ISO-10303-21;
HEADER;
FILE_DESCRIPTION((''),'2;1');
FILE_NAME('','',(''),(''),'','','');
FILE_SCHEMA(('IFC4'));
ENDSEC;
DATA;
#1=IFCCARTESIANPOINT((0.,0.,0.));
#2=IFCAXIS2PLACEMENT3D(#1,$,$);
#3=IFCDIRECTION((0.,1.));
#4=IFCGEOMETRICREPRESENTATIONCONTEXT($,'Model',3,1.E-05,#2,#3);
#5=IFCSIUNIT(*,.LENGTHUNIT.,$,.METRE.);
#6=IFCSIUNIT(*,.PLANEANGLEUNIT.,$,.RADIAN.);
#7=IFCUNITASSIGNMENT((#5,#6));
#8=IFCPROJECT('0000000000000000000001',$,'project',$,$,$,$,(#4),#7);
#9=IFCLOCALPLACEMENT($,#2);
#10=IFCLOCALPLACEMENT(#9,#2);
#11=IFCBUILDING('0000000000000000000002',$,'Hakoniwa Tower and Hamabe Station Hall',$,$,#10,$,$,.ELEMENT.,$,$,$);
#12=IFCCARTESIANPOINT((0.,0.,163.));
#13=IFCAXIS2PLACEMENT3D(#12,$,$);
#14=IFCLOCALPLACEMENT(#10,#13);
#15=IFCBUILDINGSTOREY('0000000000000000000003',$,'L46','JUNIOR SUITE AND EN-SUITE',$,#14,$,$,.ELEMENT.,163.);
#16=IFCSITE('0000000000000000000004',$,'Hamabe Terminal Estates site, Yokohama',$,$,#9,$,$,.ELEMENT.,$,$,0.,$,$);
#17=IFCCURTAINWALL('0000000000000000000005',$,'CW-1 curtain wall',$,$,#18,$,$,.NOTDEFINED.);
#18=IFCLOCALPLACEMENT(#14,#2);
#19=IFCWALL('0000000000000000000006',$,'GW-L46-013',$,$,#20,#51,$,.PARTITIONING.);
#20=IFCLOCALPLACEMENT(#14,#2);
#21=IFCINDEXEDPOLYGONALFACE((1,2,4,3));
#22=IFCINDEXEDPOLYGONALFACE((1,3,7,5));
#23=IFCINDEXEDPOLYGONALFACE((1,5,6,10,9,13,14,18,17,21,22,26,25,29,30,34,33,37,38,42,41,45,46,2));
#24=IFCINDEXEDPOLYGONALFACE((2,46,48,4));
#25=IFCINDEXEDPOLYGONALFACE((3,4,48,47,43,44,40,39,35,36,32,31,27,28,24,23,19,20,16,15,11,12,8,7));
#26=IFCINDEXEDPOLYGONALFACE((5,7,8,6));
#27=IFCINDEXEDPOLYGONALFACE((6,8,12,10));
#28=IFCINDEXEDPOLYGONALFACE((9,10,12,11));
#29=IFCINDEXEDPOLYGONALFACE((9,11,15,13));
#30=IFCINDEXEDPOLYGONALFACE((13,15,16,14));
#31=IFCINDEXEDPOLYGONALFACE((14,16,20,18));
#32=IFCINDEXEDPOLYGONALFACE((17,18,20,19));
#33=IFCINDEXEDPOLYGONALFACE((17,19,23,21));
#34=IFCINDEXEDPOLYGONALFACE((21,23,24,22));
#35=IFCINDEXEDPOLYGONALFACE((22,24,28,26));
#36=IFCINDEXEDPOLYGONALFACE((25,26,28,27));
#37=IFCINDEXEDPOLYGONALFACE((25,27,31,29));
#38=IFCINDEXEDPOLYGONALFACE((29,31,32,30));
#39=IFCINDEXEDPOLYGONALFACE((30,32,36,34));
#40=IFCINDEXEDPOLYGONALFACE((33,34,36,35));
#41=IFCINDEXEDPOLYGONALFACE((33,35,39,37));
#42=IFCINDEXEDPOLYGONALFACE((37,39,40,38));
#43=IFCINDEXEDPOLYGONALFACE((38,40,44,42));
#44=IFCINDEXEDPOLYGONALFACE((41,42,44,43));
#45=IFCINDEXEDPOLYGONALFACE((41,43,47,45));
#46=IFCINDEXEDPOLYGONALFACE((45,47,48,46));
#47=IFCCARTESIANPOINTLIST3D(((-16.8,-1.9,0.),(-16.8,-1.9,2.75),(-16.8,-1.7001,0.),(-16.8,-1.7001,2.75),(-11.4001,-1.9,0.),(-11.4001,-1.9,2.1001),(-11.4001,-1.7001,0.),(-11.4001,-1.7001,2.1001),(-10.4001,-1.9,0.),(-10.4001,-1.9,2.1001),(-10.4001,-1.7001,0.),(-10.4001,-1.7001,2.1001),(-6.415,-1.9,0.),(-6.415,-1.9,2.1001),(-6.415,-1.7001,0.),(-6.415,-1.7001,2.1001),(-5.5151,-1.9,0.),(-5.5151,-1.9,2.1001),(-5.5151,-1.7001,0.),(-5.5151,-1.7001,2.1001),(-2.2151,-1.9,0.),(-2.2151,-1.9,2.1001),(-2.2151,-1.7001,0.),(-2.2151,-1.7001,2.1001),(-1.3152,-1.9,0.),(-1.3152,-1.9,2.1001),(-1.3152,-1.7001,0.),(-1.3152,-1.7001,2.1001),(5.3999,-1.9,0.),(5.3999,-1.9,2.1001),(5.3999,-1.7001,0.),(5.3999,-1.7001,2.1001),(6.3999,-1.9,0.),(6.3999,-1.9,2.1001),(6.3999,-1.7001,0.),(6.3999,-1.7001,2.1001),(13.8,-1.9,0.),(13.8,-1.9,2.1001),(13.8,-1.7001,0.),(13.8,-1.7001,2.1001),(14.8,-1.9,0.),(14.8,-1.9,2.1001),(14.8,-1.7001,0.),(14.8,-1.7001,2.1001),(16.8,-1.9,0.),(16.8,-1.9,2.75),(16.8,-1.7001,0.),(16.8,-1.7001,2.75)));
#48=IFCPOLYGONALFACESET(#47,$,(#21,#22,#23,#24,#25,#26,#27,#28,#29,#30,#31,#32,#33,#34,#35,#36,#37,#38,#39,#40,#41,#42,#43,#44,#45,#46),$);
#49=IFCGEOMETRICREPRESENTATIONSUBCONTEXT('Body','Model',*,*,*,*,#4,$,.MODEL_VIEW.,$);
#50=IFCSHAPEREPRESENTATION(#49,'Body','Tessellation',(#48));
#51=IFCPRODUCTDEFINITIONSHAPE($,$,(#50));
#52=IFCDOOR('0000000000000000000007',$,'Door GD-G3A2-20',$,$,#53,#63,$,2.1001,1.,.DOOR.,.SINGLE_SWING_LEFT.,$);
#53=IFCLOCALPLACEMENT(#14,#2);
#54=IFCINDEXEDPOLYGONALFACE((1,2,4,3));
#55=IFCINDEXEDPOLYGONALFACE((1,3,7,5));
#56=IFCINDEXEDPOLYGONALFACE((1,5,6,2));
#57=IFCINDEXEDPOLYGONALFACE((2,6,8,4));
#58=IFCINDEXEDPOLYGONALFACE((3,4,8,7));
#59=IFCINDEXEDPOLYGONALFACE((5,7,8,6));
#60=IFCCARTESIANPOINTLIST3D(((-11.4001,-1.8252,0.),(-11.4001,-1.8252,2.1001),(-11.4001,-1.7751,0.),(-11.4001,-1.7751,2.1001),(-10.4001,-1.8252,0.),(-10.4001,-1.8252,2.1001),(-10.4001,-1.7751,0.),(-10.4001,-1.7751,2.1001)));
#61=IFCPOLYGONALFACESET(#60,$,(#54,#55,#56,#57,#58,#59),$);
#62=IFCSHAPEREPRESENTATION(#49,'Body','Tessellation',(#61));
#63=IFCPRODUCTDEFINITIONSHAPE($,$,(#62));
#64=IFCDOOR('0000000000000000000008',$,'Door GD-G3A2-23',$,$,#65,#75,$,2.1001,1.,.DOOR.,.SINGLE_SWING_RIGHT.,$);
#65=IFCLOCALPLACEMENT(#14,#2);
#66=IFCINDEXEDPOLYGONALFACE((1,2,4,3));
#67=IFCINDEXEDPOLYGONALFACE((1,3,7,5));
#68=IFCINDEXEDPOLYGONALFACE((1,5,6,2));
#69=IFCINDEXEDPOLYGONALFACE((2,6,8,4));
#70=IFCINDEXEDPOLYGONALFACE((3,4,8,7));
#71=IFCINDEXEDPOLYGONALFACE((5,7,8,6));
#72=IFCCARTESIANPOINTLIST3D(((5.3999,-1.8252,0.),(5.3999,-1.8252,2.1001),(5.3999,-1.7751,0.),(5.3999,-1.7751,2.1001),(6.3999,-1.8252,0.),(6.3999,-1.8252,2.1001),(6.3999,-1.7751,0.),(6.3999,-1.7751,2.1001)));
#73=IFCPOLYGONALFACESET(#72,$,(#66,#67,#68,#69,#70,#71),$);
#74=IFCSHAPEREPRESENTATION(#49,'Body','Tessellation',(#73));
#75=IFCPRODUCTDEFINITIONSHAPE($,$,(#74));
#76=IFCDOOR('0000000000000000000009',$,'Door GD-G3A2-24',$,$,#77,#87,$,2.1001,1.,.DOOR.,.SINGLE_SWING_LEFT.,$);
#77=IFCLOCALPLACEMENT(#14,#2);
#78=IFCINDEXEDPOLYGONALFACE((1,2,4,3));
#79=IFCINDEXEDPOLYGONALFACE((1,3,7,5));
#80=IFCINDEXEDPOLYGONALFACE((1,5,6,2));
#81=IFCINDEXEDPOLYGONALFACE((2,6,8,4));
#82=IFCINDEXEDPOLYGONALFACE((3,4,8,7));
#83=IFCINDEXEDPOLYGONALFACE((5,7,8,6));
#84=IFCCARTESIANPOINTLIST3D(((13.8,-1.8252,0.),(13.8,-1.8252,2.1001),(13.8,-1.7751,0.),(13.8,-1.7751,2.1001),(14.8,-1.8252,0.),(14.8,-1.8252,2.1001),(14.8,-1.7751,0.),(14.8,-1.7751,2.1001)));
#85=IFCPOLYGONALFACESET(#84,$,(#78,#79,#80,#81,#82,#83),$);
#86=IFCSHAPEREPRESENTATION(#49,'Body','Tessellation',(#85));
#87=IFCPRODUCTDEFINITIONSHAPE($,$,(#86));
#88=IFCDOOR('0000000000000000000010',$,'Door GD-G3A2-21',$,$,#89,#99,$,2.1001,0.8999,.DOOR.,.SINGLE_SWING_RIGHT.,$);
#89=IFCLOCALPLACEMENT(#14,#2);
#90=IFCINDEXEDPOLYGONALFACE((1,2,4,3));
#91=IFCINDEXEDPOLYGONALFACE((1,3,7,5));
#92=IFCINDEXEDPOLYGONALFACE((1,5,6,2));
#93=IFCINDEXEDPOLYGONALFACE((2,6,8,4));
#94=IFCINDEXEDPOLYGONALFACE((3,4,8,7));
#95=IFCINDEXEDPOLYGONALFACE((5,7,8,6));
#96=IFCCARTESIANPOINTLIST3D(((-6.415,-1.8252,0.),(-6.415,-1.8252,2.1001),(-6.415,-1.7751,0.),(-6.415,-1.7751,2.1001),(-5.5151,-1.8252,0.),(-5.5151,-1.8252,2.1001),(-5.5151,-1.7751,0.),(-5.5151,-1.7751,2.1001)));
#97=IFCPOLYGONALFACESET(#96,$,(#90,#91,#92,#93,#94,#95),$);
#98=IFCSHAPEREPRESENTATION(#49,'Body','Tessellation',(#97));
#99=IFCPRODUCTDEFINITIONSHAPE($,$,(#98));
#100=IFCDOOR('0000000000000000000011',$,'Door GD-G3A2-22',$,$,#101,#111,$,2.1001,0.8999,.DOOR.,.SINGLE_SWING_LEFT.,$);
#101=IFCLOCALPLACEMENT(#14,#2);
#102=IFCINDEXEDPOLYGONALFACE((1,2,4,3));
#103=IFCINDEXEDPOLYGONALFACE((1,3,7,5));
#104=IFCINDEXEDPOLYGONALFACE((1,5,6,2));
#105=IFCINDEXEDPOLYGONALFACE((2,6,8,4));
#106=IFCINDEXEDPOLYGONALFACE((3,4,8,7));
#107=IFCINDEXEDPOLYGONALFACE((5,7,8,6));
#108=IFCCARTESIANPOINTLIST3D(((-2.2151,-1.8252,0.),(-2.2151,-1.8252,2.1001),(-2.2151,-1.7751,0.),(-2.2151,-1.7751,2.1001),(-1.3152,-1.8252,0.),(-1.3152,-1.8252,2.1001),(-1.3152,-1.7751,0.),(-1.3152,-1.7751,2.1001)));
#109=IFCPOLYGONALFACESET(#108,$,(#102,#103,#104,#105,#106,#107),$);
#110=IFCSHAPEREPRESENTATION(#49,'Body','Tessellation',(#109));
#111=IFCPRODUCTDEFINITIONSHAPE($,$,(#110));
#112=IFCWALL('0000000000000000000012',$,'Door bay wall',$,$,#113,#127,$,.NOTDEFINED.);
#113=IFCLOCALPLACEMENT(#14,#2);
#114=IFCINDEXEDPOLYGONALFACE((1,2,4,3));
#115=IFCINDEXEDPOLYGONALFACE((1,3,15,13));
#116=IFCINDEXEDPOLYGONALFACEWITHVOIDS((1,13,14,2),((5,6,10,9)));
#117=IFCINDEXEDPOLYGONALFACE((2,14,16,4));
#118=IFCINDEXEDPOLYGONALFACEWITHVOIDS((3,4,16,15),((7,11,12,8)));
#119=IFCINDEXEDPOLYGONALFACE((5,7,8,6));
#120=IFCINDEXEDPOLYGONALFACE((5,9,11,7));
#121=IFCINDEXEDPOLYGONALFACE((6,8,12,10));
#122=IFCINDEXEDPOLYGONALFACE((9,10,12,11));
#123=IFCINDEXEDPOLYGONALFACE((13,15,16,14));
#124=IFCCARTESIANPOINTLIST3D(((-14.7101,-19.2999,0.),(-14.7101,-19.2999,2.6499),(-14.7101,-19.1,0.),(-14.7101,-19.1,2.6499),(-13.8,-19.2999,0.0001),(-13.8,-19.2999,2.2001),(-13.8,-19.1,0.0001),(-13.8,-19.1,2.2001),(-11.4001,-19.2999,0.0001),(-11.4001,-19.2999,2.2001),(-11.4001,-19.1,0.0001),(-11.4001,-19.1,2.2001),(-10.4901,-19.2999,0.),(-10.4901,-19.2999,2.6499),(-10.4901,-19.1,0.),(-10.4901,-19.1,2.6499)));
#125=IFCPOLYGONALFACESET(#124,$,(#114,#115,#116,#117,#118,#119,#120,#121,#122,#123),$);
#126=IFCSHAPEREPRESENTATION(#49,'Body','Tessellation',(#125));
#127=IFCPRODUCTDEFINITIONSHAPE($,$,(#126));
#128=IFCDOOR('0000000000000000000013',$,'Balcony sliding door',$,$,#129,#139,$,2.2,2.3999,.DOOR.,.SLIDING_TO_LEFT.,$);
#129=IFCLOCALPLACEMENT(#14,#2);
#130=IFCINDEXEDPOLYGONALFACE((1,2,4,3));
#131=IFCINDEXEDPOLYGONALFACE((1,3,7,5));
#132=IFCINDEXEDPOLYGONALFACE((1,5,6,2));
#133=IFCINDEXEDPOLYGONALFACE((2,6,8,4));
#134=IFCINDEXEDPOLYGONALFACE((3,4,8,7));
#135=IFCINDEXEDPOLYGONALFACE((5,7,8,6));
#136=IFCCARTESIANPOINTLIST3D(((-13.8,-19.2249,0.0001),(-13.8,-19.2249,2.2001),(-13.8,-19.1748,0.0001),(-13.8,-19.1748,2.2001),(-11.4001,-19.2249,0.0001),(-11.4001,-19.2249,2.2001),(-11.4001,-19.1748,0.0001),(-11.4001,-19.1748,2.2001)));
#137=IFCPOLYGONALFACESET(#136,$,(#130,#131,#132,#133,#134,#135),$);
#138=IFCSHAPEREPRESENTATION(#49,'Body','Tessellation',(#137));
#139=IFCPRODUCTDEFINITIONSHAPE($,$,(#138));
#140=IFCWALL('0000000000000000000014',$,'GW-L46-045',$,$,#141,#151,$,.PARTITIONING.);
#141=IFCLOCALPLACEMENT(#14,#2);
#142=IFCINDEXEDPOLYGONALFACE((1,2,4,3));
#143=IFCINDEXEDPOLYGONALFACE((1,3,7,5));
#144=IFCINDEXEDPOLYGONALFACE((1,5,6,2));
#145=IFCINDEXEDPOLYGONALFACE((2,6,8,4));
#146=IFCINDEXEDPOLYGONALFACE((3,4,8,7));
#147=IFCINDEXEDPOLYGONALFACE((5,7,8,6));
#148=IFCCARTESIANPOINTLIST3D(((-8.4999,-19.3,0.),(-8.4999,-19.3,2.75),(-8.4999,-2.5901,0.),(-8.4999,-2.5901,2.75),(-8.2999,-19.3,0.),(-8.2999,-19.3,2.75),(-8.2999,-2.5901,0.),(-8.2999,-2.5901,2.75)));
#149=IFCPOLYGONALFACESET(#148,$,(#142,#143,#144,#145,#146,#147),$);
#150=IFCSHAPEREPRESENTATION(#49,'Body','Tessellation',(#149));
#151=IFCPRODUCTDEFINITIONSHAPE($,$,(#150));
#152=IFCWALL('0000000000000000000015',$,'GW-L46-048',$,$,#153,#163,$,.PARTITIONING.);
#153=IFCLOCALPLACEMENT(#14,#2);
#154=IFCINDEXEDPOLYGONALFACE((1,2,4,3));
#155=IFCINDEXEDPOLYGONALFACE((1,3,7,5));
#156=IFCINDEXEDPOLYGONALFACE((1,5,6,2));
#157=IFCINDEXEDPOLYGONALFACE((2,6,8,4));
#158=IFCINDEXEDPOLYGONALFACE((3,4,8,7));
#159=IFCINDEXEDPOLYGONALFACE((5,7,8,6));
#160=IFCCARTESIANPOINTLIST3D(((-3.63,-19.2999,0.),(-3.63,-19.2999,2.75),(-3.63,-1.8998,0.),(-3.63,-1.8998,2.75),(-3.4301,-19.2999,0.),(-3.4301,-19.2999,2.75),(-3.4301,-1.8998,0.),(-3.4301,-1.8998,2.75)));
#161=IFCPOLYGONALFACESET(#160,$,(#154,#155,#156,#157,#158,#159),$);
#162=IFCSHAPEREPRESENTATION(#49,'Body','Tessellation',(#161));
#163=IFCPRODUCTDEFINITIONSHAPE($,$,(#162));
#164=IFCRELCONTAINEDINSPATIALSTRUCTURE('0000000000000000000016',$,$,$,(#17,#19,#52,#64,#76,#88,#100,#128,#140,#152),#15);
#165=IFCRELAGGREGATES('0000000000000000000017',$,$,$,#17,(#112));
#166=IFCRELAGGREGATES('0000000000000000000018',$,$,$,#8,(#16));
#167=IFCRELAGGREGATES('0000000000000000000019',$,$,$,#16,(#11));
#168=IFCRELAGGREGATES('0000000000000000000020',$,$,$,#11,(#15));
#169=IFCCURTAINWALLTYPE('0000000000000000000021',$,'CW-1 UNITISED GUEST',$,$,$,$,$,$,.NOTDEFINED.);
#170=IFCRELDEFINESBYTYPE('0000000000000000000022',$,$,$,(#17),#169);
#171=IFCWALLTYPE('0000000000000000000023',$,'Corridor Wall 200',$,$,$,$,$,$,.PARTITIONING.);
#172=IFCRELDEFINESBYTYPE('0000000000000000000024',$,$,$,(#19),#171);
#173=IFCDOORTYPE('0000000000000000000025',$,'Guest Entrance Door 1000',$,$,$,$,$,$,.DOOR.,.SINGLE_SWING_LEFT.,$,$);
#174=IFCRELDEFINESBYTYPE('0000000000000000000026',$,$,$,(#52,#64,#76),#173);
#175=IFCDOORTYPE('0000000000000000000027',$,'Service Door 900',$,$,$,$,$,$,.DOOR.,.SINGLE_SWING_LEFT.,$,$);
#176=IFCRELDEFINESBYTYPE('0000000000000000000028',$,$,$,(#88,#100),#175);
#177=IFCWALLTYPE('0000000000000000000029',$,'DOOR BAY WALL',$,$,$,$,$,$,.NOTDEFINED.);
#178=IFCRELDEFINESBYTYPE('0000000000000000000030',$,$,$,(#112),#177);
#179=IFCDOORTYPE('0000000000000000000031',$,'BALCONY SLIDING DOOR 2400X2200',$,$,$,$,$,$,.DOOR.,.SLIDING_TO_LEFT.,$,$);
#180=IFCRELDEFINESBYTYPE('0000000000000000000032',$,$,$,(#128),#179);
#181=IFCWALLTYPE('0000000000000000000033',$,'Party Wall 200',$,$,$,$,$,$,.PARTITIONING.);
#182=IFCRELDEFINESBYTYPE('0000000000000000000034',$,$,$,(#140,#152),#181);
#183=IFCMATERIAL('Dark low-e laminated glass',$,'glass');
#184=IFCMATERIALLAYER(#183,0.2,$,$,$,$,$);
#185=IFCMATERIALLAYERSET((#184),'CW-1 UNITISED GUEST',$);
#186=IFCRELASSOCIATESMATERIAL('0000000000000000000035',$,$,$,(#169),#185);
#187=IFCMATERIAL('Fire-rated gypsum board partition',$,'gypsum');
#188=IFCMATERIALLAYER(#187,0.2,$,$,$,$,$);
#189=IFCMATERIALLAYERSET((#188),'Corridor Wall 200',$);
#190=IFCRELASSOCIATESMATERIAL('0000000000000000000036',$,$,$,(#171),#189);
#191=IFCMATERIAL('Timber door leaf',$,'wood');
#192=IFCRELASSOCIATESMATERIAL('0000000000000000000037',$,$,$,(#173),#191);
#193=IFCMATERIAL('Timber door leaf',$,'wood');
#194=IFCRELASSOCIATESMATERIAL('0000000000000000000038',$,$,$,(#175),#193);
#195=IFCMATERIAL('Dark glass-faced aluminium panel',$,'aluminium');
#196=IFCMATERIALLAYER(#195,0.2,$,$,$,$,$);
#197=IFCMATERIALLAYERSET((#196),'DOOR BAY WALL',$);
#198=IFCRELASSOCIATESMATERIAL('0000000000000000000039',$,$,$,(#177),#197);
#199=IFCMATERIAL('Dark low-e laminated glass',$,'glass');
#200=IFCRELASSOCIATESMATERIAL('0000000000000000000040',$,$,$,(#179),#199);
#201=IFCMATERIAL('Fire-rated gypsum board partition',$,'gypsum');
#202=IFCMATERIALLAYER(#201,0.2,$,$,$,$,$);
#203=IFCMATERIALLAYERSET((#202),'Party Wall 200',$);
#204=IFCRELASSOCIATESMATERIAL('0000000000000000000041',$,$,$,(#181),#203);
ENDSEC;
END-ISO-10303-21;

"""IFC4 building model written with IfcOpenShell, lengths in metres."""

from ifc_helpers import new_model, si_unit, direction, frame, frame_2d, origin, place, context, subcontext, project, spatial, rectangle, extrude, material, layer, layer_set, type_object, element, fill, aggregate, save


model = new_model("IFC4")

# Units and contexts
model_context = context("Model", 3, precision=1e-05, world=origin(), true_north=direction((0.0, 1.0)))
body_context = subcontext(model_context, "Body", "Model", "MODEL_VIEW")
ifc_project = project(units=[si_unit("LENGTHUNIT", "METRE"), si_unit("PLANEANGLEUNIT", "RADIAN")], contexts=[model_context])

# Site, building, storey
site_placement = place(None, origin())
site = spatial("IfcSite", under=ifc_project, at=site_placement, Name="Hamabe Terminal Estates site, Yokohama", CompositionType="ELEMENT", RefElevation=0.0)
building_placement = place(site_placement, origin())
building = spatial("IfcBuilding", under=site, at=building_placement, Name="Hakoniwa Tower and Hamabe Station Hall", CompositionType="ELEMENT")
storey_placement = place(building_placement, frame((0.0, 0.0, 163.0)))
storey = spatial("IfcBuildingStorey", under=building, at=storey_placement, Name="L46", Description="JUNIOR SUITE AND EN-SUITE", CompositionType="ELEMENT", Elevation=163.0)

# Curtain wall
ifc_material_1 = material(Name="Dark low-e laminated glass", Category="glass")
ifc_layer_1 = layer(ifc_material_1, 0.2)
ifc_layer_set_1 = layer_set([ifc_layer_1], Name="CW-1 UNITISED GUEST")
curtain_wall_type = type_object("IfcCurtainWallType", Name="CW-1 UNITISED GUEST", PredefinedType="NOTDEFINED", material=ifc_layer_set_1)
curtain_wall_placement = place(storey_placement, origin())
curtain_wall = element("IfcCurtainWall", 1, at=curtain_wall_placement, inside=storey, type_object=curtain_wall_type, Name="CW-1 curtain wall", PredefinedType="NOTDEFINED")

# Wall, openings, doors
ifc_material_2 = material(Name="Fire-rated gypsum board partition", Category="gypsum")
ifc_layer_2 = layer(ifc_material_2, 0.2)
ifc_layer_set_2 = layer_set([ifc_layer_2], Name="Corridor Wall 200")
wall_type_1 = type_object("IfcWallType", Name="Corridor Wall 200", PredefinedType="PARTITIONING", material=ifc_layer_set_2)
wall_1_placement = place(storey_placement, frame((-16.8, -1.8, 0.0), z_axis=(0.0, 0.0, 1.0), x_axis=(1.0, 0.0, 0.0)))
wall_1 = element("IfcWall", 2, at=wall_1_placement, inside=storey, type_object=wall_type_1, Name="GW-L46-013", PredefinedType="PARTITIONING", context=body_context, shape_type="SweptSolid", body=[
    extrude(rectangle(XDim=33.6001, YDim=0.2, at=frame_2d((16.8, 0.0))), origin(), (0.0, 0.0, 1.0), 2.75),
])
opening_1_placement = place(wall_1_placement, frame((5.3999, 0.0, 0.0)))
opening_1 = element("IfcOpeningElement", 3, at=opening_1_placement, cuts=wall_1, PredefinedType="OPENING", context=body_context, shape_type="SweptSolid", body=[
    extrude(rectangle(XDim=1.0, YDim=2.1001, at=frame_2d((0.5, 1.05))), frame((0.0, 0.1099, 0.0), z_axis=(0.0, -1.0, 0.0), x_axis=(1.0, 0.0, 0.0)), (0.0, 0.0, 1.0), 0.22),
])
opening_2_placement = place(wall_1_placement, frame((10.385, 0.0, 0.0)))
opening_2 = element("IfcOpeningElement", 4, at=opening_2_placement, cuts=wall_1, PredefinedType="OPENING", context=body_context, shape_type="SweptSolid", body=[
    extrude(rectangle(XDim=0.8999, YDim=2.1001, at=frame_2d((0.45, 1.05))), frame((0.0, 0.1099, 0.0), z_axis=(0.0, -1.0, 0.0), x_axis=(1.0, 0.0, 0.0)), (0.0, 0.0, 1.0), 0.22),
])
opening_3_placement = place(wall_1_placement, frame((14.585, 0.0, 0.0)))
opening_3 = element("IfcOpeningElement", 5, at=opening_3_placement, cuts=wall_1, PredefinedType="OPENING", context=body_context, shape_type="SweptSolid", body=[
    extrude(rectangle(XDim=0.8999, YDim=2.1001, at=frame_2d((0.45, 1.05))), frame((0.0, 0.1099, 0.0), z_axis=(0.0, -1.0, 0.0), x_axis=(1.0, 0.0, 0.0)), (0.0, 0.0, 1.0), 0.22),
])
opening_4_placement = place(wall_1_placement, frame((22.2, 0.0, 0.0)))
opening_4 = element("IfcOpeningElement", 6, at=opening_4_placement, cuts=wall_1, PredefinedType="OPENING", context=body_context, shape_type="SweptSolid", body=[
    extrude(rectangle(XDim=1.0, YDim=2.1001, at=frame_2d((0.5, 1.05))), frame((0.0, 0.1099, 0.0), z_axis=(0.0, -1.0, 0.0), x_axis=(1.0, 0.0, 0.0)), (0.0, 0.0, 1.0), 0.22),
])
opening_5_placement = place(wall_1_placement, frame((30.6001, 0.0, 0.0)))
opening_5 = element("IfcOpeningElement", 7, at=opening_5_placement, cuts=wall_1, PredefinedType="OPENING", context=body_context, shape_type="SweptSolid", body=[
    extrude(rectangle(XDim=1.0, YDim=2.1001, at=frame_2d((0.5, 1.05))), frame((0.0, 0.1099, 0.0), z_axis=(0.0, -1.0, 0.0), x_axis=(1.0, 0.0, 0.0)), (0.0, 0.0, 1.0), 0.22),
])
ifc_material_3 = material(Name="Timber door leaf", Category="wood")
door_type_1 = type_object("IfcDoorType", Name="Guest Entrance Door 1000", OperationType="SINGLE_SWING_LEFT", PredefinedType="DOOR", material=ifc_material_3)
door_1_placement = place(opening_1_placement, origin())
door_1 = element("IfcDoor", 8, at=door_1_placement, inside=storey, type_object=door_type_1, Name="Door GD-G3A2-20", OperationType="SINGLE_SWING_LEFT", OverallHeight=2.1001, OverallWidth=1.0, PredefinedType="DOOR", context=body_context, shape_type="SweptSolid", body=[
    extrude(rectangle(XDim=1.0, YDim=2.1001, at=frame_2d((0.5, 1.05))), frame((0.0, 0.0249, 0.0), z_axis=(0.0, -1.0, 0.0), x_axis=(1.0, 0.0, 0.0)), (0.0, 0.0, 1.0), 0.05),
])
fill(opening_1, door_1)
door_2_placement = place(opening_4_placement, origin())
door_2 = element("IfcDoor", 9, at=door_2_placement, inside=storey, type_object=door_type_1, Name="Door GD-G3A2-23", OperationType="SINGLE_SWING_RIGHT", OverallHeight=2.1001, OverallWidth=1.0, PredefinedType="DOOR", context=body_context, shape_type="SweptSolid", body=[
    extrude(rectangle(XDim=1.0, YDim=2.1001, at=frame_2d((0.5, 1.05))), frame((0.0, 0.0249, 0.0), z_axis=(0.0, -1.0, 0.0), x_axis=(1.0, 0.0, 0.0)), (0.0, 0.0, 1.0), 0.05),
])
fill(opening_4, door_2)
door_3_placement = place(opening_5_placement, origin())
door_3 = element("IfcDoor", 10, at=door_3_placement, inside=storey, type_object=door_type_1, Name="Door GD-G3A2-24", OperationType="SINGLE_SWING_LEFT", OverallHeight=2.1001, OverallWidth=1.0, PredefinedType="DOOR", context=body_context, shape_type="SweptSolid", body=[
    extrude(rectangle(XDim=1.0, YDim=2.1001, at=frame_2d((0.5, 1.05))), frame((0.0, 0.0249, 0.0), z_axis=(0.0, -1.0, 0.0), x_axis=(1.0, 0.0, 0.0)), (0.0, 0.0, 1.0), 0.05),
])
fill(opening_5, door_3)
ifc_material_4 = material(Name="Timber door leaf", Category="wood")
door_type_2 = type_object("IfcDoorType", Name="Service Door 900", OperationType="SINGLE_SWING_LEFT", PredefinedType="DOOR", material=ifc_material_4)
door_4_placement = place(opening_2_placement, origin())
door_4 = element("IfcDoor", 11, at=door_4_placement, inside=storey, type_object=door_type_2, Name="Door GD-G3A2-21", OperationType="SINGLE_SWING_RIGHT", OverallHeight=2.1001, OverallWidth=0.8999, PredefinedType="DOOR", context=body_context, shape_type="SweptSolid", body=[
    extrude(rectangle(XDim=0.8999, YDim=2.1001, at=frame_2d((0.45, 1.05))), frame((0.0, 0.0249, 0.0), z_axis=(0.0, -1.0, 0.0), x_axis=(1.0, 0.0, 0.0)), (0.0, 0.0, 1.0), 0.05),
])
fill(opening_2, door_4)
door_5_placement = place(opening_3_placement, origin())
door_5 = element("IfcDoor", 12, at=door_5_placement, inside=storey, type_object=door_type_2, Name="Door GD-G3A2-22", OperationType="SINGLE_SWING_LEFT", OverallHeight=2.1001, OverallWidth=0.8999, PredefinedType="DOOR", context=body_context, shape_type="SweptSolid", body=[
    extrude(rectangle(XDim=0.8999, YDim=2.1001, at=frame_2d((0.45, 1.05))), frame((0.0, 0.0249, 0.0), z_axis=(0.0, -1.0, 0.0), x_axis=(1.0, 0.0, 0.0)), (0.0, 0.0, 1.0), 0.05),
])
fill(opening_3, door_5)

# Wall, opening, door
ifc_material_5 = material(Name="Dark glass-faced aluminium panel", Category="aluminium")
ifc_layer_3 = layer(ifc_material_5, 0.2)
ifc_layer_set_3 = layer_set([ifc_layer_3], Name="DOOR BAY WALL")
wall_type_2 = type_object("IfcWallType", Name="DOOR BAY WALL", PredefinedType="NOTDEFINED", material=ifc_layer_set_3)
wall_2_placement = place(storey_placement, frame((-14.71, -19.2, 0.0), z_axis=(0.0, 0.0, 1.0), x_axis=(1.0, 0.0, 0.0)))
wall_2 = element("IfcWall", 13, at=wall_2_placement, type_object=wall_type_2, Name="Door bay wall", PredefinedType="NOTDEFINED", context=body_context, shape_type="SweptSolid", body=[
    extrude(rectangle(XDim=4.22, YDim=0.2, at=frame_2d((2.1099, 0.0))), origin(), (0.0, 0.0, 1.0), 2.6499),
])
opening_6_placement = place(wall_2_placement, frame((0.9099, 0.0, 0.0)))
opening_6 = element("IfcOpeningElement", 14, at=opening_6_placement, cuts=wall_2, PredefinedType="OPENING", context=body_context, shape_type="SweptSolid", body=[
    extrude(rectangle(XDim=2.3999, YDim=2.2, at=frame_2d((1.2, 1.1001))), frame((0.0, 0.1099, 0.0), z_axis=(0.0, -1.0, 0.0), x_axis=(1.0, 0.0, 0.0)), (0.0, 0.0, 1.0), 0.22),
])
ifc_material_6 = material(Name="Dark low-e laminated glass", Category="glass")
door_type_3 = type_object("IfcDoorType", Name="BALCONY SLIDING DOOR 2400X2200", OperationType="SLIDING_TO_LEFT", PredefinedType="DOOR", material=ifc_material_6)
door_6_placement = place(opening_6_placement, frame((2.3999, 0.0, 0.0), z_axis=(0.0, 0.0, 1.0), x_axis=(-1.0, 0.0, 0.0)))
door_6 = element("IfcDoor", 15, at=door_6_placement, inside=storey, type_object=door_type_3, Name="Balcony sliding door", OperationType="SLIDING_TO_LEFT", OverallHeight=2.2, OverallWidth=2.3999, PredefinedType="DOOR", context=body_context, shape_type="SweptSolid", body=[
    extrude(rectangle(XDim=2.3999, YDim=2.2, at=frame_2d((1.2, 1.1001))), frame((0.0, 0.0249, 0.0), z_axis=(0.0, -1.0, 0.0), x_axis=(1.0, 0.0, 0.0)), (0.0, 0.0, 1.0), 0.05),
])
fill(opening_6, door_6)
aggregate(curtain_wall, [wall_2])

# Walls
ifc_material_7 = material(Name="Fire-rated gypsum board partition", Category="gypsum")
ifc_layer_4 = layer(ifc_material_7, 0.2)
ifc_layer_set_4 = layer_set([ifc_layer_4], Name="Party Wall 200")
wall_type_3 = type_object("IfcWallType", Name="Party Wall 200", PredefinedType="PARTITIONING", material=ifc_layer_set_4)
wall_3_placement = place(storey_placement, frame((-8.3999, -19.3, 0.0), z_axis=(0.0, 0.0, 1.0), x_axis=(0.0, 1.0, 0.0)))
element("IfcWall", 16, at=wall_3_placement, inside=storey, type_object=wall_type_3, Name="GW-L46-045", PredefinedType="PARTITIONING", context=body_context, shape_type="SweptSolid", body=[
    extrude(rectangle(XDim=16.71, YDim=0.2, at=frame_2d((8.355, 0.0))), origin(), (0.0, 0.0, 1.0), 2.75),
])
wall_4_placement = place(storey_placement, frame((-3.53, -19.3, 0.0), z_axis=(0.0, 0.0, 1.0), x_axis=(0.0, 1.0, 0.0)))
element("IfcWall", 17, at=wall_4_placement, inside=storey, type_object=wall_type_3, Name="GW-L46-048", PredefinedType="PARTITIONING", context=body_context, shape_type="SweptSolid", body=[
    extrude(rectangle(XDim=17.4001, YDim=0.2, at=frame_2d((8.7002, 0.0))), origin(), (0.0, 0.0, 1.0), 2.75),
])

save(model, "model.ifc")
